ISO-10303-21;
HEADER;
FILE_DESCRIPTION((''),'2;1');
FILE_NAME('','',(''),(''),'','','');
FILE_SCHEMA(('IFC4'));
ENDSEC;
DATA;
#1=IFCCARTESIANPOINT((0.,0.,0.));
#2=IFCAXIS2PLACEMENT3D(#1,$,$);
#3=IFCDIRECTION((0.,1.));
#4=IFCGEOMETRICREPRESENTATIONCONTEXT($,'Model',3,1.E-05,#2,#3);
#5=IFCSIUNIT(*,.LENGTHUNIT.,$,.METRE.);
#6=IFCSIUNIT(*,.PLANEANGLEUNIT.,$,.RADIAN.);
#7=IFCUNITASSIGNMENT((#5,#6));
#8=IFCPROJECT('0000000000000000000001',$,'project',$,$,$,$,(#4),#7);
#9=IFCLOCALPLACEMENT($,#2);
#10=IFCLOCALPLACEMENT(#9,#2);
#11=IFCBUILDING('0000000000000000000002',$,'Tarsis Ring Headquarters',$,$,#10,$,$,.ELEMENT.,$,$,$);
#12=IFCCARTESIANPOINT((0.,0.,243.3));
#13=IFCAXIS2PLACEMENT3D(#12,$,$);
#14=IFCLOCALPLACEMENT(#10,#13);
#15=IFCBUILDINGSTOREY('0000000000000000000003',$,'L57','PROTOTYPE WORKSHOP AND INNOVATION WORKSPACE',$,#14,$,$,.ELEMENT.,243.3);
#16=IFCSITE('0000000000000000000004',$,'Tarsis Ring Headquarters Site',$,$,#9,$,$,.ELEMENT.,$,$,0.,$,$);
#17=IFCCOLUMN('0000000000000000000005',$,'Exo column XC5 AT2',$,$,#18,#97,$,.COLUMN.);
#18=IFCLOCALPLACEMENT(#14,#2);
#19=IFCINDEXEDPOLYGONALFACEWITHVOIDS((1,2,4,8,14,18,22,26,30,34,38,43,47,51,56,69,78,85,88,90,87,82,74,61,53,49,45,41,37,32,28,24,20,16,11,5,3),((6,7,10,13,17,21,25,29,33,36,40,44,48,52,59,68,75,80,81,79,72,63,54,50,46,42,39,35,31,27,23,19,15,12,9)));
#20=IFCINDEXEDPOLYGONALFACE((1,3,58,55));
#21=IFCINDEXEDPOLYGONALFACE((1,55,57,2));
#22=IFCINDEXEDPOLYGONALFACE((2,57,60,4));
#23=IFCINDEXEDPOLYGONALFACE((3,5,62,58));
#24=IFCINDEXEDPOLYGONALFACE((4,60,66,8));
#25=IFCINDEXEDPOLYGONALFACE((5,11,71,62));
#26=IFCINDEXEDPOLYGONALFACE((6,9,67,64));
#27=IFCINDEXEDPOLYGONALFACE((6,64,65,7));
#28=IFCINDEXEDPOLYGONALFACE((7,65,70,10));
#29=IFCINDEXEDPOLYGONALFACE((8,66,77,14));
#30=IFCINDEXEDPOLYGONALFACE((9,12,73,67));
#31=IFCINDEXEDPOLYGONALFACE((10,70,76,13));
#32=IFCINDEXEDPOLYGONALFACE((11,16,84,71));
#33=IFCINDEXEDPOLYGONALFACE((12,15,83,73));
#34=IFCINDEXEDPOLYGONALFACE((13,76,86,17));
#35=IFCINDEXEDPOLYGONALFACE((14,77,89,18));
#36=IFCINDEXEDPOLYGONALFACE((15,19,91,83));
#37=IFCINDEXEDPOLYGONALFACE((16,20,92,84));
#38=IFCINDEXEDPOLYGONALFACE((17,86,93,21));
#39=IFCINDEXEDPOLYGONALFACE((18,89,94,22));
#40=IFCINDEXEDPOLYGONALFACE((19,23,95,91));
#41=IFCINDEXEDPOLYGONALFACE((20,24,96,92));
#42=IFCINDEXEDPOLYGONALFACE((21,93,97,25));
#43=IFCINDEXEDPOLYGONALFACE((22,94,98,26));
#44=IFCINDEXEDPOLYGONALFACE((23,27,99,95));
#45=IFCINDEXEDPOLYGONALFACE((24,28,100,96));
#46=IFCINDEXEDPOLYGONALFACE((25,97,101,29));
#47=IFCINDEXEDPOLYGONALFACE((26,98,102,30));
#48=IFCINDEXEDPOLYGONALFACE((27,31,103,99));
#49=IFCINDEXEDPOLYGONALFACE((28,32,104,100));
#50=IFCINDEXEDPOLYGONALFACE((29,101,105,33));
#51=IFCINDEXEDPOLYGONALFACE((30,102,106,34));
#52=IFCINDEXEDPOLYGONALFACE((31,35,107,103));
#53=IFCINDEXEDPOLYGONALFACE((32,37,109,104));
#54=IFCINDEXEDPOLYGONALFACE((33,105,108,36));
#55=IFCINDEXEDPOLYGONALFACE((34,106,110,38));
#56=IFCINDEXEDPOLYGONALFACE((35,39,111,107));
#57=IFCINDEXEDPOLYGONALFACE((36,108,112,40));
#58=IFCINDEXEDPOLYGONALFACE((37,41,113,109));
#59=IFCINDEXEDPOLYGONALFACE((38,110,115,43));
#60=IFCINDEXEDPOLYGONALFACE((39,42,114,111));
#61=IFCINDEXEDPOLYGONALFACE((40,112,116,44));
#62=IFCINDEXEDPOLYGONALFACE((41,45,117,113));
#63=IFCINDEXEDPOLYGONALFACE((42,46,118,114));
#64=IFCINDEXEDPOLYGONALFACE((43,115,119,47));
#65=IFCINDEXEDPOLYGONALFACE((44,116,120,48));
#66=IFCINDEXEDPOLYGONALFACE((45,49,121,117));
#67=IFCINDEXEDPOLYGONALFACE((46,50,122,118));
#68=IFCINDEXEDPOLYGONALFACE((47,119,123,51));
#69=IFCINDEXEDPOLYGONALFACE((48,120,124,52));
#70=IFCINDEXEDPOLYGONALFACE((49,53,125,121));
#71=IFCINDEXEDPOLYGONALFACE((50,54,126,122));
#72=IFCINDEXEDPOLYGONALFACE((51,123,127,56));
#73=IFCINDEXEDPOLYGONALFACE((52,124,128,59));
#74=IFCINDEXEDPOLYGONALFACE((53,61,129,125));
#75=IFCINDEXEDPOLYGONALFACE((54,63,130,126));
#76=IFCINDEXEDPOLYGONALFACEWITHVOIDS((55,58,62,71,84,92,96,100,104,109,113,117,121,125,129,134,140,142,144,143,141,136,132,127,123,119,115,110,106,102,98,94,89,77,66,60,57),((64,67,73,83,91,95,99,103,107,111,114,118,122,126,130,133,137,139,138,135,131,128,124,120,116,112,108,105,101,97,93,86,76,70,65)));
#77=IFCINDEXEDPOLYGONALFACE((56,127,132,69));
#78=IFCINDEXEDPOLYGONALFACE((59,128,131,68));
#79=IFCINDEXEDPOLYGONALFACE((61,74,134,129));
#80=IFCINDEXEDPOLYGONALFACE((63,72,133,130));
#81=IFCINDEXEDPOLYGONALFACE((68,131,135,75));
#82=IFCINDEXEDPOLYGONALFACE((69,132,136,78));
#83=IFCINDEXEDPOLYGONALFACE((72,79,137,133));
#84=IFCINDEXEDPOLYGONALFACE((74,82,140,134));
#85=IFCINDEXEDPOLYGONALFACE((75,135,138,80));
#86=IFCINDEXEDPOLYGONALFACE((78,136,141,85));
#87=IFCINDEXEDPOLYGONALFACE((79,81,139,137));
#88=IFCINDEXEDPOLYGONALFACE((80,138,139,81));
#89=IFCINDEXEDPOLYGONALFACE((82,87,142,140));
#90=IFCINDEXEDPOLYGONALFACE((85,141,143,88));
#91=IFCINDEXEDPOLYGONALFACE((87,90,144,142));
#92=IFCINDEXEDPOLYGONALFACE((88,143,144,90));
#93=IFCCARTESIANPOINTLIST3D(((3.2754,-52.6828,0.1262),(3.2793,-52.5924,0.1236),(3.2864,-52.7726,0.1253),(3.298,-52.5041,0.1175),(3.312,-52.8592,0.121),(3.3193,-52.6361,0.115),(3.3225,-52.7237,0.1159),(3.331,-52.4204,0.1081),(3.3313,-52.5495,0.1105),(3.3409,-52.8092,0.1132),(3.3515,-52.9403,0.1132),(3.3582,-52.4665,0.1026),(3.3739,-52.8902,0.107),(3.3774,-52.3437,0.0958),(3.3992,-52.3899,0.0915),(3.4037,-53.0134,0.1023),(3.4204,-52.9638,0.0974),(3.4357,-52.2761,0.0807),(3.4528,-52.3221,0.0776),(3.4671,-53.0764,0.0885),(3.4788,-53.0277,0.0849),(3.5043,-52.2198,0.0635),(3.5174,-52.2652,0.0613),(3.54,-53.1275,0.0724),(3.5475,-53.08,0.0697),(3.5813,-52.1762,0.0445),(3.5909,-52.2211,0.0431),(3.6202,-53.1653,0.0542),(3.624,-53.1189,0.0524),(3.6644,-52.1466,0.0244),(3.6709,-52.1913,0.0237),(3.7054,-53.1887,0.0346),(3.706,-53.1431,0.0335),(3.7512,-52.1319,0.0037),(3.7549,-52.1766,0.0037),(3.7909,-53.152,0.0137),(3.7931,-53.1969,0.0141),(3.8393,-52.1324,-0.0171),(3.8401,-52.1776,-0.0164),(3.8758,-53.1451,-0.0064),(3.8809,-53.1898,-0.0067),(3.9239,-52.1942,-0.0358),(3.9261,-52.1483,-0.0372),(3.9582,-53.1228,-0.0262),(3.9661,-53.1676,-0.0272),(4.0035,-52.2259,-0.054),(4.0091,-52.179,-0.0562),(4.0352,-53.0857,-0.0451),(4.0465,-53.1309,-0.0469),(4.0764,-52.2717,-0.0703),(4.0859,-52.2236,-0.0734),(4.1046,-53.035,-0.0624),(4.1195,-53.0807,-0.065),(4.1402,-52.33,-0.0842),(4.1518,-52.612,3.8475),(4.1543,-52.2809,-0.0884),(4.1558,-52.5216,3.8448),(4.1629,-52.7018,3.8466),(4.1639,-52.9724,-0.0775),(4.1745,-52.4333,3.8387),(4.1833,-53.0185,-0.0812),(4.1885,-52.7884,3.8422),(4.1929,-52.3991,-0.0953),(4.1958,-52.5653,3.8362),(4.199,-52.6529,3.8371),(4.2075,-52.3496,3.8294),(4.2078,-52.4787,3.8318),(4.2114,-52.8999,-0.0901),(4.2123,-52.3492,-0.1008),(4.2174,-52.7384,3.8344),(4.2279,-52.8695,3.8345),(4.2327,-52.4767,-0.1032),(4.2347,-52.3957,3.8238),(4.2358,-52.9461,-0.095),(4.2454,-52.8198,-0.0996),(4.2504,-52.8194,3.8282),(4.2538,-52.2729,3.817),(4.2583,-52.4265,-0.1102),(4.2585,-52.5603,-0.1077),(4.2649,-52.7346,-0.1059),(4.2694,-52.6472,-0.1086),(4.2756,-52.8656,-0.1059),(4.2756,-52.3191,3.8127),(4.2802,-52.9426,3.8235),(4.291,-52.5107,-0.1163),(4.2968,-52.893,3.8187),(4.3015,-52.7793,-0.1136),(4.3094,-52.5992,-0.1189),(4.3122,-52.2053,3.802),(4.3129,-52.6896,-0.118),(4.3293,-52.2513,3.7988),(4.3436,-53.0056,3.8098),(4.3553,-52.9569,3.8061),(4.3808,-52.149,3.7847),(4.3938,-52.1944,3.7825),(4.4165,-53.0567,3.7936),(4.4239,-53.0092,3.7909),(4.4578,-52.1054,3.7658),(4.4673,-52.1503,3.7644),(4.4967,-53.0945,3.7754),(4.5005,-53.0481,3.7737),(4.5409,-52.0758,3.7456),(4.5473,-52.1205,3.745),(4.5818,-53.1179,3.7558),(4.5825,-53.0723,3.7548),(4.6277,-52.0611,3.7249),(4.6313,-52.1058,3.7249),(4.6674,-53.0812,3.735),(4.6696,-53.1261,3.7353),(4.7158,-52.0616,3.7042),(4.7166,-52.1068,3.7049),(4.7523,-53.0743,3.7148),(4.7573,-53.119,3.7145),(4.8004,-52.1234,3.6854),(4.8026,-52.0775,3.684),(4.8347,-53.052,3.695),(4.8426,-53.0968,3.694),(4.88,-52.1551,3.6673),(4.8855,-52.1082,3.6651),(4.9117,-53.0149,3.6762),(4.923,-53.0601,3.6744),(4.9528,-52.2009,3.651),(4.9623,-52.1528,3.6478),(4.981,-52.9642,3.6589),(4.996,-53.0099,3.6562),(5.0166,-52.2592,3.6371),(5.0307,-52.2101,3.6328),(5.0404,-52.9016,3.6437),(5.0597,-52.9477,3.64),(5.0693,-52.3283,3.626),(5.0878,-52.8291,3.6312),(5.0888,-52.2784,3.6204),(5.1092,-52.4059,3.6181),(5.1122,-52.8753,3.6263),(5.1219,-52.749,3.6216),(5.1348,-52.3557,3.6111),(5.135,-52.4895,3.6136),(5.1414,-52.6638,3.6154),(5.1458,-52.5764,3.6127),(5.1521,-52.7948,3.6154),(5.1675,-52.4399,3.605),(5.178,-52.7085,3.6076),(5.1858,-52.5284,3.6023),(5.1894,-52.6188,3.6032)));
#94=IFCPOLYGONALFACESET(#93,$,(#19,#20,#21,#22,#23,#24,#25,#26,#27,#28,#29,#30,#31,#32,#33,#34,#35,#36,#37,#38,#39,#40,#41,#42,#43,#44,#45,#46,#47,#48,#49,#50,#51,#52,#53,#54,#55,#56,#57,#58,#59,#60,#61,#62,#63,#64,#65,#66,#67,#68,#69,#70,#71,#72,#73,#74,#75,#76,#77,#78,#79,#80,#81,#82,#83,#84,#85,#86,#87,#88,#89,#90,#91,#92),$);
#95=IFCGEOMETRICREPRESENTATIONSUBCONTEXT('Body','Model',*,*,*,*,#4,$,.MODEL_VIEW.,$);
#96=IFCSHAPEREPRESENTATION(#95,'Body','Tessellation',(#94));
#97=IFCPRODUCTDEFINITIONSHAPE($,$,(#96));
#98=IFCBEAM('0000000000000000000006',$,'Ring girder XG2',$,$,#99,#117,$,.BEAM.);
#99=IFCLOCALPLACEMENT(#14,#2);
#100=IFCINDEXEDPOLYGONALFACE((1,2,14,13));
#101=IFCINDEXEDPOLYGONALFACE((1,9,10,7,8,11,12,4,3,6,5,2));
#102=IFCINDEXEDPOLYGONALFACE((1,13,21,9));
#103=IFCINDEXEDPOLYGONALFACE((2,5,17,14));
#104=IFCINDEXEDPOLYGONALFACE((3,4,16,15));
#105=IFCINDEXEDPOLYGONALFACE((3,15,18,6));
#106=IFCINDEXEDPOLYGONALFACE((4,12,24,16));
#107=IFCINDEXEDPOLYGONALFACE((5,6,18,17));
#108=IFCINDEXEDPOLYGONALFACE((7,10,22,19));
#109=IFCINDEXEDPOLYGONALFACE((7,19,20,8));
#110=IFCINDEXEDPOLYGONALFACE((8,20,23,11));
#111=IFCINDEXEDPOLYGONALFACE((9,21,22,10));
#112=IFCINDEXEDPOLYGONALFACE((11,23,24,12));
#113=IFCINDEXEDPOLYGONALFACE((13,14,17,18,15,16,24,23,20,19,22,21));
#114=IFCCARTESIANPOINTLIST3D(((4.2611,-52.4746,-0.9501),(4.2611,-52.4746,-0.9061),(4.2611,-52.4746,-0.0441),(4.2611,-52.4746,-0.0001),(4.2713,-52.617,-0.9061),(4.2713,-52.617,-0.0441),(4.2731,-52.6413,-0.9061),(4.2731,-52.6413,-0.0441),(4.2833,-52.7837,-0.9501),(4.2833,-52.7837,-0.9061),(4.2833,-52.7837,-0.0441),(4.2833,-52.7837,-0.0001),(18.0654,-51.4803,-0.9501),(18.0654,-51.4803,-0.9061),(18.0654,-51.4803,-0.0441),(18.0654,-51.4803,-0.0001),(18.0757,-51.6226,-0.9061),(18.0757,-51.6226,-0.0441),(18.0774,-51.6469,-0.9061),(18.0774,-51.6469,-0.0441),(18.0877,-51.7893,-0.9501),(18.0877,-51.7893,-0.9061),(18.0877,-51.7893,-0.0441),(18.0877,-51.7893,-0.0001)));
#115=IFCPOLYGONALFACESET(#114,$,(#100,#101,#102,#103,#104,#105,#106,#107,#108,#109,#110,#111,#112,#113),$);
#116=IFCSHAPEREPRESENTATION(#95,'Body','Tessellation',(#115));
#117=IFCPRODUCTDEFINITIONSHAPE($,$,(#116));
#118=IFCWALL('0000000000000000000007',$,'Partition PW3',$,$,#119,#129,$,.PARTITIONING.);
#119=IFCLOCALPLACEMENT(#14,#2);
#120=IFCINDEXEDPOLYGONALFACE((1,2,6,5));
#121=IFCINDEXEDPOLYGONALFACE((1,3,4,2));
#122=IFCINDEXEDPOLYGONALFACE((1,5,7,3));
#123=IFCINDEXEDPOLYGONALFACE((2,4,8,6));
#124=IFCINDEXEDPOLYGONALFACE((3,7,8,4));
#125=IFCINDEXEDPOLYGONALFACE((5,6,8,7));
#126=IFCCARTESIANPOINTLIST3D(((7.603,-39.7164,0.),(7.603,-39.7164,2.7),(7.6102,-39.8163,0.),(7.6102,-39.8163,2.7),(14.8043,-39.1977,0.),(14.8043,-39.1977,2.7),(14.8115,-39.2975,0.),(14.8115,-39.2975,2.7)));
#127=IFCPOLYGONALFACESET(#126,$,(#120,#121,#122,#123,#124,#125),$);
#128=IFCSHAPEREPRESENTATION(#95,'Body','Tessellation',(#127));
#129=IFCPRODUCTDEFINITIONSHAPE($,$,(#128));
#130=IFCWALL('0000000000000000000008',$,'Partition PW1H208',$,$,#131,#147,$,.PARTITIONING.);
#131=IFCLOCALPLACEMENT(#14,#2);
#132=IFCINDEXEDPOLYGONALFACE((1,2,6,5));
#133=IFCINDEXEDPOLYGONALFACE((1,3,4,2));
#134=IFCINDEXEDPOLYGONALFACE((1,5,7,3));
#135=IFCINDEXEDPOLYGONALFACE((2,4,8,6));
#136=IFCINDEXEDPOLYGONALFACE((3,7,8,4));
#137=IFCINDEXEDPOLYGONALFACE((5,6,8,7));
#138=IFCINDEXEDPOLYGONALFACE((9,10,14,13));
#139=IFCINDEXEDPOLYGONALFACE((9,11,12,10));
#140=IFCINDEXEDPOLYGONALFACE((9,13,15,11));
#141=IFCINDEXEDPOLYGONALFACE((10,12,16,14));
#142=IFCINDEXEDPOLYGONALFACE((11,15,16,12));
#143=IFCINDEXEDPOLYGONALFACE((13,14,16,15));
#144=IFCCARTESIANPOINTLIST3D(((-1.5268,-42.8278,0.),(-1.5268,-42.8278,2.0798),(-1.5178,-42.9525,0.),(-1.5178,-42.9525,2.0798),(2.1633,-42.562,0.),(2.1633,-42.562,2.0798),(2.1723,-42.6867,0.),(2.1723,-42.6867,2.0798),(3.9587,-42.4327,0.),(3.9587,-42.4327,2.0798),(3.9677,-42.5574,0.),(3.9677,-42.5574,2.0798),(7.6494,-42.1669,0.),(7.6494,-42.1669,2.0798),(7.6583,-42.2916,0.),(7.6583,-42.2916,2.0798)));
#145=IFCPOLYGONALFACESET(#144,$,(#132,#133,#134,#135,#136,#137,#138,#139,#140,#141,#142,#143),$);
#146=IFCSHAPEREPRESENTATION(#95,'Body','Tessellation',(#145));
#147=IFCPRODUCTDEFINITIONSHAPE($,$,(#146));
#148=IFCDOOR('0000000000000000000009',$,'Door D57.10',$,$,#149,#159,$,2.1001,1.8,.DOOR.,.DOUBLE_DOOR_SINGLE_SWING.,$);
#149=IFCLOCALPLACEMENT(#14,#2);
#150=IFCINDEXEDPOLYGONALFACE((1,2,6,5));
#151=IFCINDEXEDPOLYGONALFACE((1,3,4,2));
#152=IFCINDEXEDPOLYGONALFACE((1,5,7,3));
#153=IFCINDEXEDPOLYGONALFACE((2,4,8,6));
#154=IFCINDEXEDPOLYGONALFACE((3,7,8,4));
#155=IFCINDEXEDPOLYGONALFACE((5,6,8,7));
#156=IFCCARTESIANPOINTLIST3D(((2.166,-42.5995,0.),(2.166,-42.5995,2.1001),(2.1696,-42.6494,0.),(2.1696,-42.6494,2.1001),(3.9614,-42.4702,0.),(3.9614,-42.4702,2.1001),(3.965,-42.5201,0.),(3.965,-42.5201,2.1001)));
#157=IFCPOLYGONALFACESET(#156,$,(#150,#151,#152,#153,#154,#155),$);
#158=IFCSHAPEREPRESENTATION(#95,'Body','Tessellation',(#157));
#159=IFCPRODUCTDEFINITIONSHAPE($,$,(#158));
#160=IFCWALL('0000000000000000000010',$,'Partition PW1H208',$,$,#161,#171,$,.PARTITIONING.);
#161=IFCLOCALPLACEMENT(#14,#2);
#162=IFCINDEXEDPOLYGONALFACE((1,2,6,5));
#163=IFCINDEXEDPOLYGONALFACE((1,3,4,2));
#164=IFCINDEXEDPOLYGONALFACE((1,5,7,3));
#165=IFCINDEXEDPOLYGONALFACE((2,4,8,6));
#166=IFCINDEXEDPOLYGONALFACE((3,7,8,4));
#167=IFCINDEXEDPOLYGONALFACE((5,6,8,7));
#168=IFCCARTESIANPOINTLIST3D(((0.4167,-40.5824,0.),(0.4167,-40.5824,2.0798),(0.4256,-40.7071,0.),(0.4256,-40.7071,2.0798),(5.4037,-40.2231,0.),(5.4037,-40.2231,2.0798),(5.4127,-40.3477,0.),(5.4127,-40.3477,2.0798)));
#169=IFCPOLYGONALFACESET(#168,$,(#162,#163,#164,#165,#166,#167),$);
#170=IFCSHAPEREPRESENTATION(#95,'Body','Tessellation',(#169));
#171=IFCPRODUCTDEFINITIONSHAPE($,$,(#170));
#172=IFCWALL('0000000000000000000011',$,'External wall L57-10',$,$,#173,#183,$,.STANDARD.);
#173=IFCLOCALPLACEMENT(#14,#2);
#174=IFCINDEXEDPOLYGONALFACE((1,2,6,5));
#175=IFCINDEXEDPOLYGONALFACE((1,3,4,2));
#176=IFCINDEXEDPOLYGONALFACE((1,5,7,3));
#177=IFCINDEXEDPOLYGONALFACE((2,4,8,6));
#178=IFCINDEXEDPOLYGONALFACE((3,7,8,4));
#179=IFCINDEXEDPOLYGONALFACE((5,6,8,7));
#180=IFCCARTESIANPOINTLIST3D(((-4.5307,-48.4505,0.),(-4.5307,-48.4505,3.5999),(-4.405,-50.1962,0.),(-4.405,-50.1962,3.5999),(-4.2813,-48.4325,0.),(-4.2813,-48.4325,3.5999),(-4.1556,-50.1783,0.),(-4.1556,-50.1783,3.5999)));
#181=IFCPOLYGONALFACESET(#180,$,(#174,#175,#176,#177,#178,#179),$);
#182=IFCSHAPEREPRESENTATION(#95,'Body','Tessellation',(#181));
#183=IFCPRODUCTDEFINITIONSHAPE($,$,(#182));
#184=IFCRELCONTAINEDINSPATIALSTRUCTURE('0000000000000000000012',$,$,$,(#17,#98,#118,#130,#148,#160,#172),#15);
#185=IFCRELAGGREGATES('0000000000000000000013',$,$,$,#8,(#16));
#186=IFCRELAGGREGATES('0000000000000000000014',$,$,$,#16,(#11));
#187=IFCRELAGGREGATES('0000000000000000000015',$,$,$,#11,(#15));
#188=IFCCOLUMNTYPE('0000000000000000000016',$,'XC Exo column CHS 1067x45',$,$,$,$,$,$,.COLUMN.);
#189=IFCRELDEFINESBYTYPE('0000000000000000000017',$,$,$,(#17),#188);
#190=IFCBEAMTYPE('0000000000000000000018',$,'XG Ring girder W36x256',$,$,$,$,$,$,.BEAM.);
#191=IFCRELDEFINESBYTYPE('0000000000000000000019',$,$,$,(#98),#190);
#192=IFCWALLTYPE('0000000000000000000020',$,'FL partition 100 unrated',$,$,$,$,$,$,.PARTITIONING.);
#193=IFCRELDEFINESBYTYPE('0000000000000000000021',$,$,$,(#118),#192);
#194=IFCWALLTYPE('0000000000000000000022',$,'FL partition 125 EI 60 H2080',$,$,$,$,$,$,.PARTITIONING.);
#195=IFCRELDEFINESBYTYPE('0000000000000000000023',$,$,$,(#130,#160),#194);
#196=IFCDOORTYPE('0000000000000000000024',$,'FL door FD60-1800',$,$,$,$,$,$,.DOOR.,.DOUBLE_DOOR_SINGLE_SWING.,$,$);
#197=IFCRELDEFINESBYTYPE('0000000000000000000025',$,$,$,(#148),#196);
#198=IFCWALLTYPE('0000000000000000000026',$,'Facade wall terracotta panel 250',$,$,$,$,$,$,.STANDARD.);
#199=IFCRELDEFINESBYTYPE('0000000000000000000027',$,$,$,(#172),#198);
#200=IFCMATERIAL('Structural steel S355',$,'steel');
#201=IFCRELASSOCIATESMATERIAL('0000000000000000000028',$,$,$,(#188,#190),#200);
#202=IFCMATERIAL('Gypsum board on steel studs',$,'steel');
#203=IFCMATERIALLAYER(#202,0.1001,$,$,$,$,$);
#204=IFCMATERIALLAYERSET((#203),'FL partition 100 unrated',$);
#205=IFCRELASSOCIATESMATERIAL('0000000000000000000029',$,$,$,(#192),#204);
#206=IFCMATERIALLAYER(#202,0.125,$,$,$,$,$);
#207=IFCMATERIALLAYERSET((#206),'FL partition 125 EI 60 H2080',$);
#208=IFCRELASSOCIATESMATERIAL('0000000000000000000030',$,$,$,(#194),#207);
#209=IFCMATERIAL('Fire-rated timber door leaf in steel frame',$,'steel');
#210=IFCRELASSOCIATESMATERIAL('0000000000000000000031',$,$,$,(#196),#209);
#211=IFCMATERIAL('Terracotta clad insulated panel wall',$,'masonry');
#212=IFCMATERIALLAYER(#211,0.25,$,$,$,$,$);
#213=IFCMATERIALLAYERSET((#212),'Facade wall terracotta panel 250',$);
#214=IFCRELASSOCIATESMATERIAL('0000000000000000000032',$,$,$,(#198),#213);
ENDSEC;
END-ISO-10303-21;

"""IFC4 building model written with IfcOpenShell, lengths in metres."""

from ifc_helpers import new_model, si_unit, direction, frame, frame_2d, origin, origin_2d, place, context, subcontext, project, spatial, rectangle, hollow_circle, i_section, extrude, material, layer, layer_set, material_profile, profile_set, type_object, element, fill, save


model = new_model("IFC4")

# Units and contexts
model_context = context("Model", 3, precision=1e-05, world=origin(), true_north=direction((0.0, 1.0)))
body_context = subcontext(model_context, "Body", "Model", "MODEL_VIEW")
ifc_project = project(units=[si_unit("LENGTHUNIT", "METRE"), si_unit("PLANEANGLEUNIT", "RADIAN")], contexts=[model_context])

# Site, building, storey
site_placement = place(None, origin())
site = spatial("IfcSite", under=ifc_project, at=site_placement, Name="Tarsis Ring Headquarters Site", CompositionType="ELEMENT", RefElevation=0.0)
building_placement = place(site_placement, origin())
building = spatial("IfcBuilding", under=site, at=building_placement, Name="Tarsis Ring Headquarters", CompositionType="ELEMENT")
storey_placement = place(building_placement, frame((0.0, 0.0, 243.3)))
storey = spatial("IfcBuildingStorey", under=building, at=storey_placement, Name="L57", Description="PROTOTYPE WORKSHOP AND INNOVATION WORKSPACE", CompositionType="ELEMENT", Elevation=243.3)

# Column
ifc_material_1 = material(Name="Structural steel S355", Category="steel")
ifc_material_profile_1 = material_profile(ifc_material_1, hollow_circle(Radius=0.5334, WallThickness=0.0449, at=origin_2d()), Name="CHS 1067x45")
ifc_profile_set_1 = profile_set([ifc_material_profile_1], Name="Structural steel S355")
column_type = type_object("IfcColumnType", Name="XC Exo column CHS 1067x45", PredefinedType="COLUMN", material=ifc_profile_set_1)
column_placement = place(storey_placement, frame((3.7942, -52.6636, 0.0037), z_axis=(0.229221, 0.018516, 0.973198), x_axis=(-0.080518, 0.996753, 0.0)))
element("IfcColumn", 1, at=column_placement, inside=storey, type_object=column_type, Name="Exo column XC5 AT2", PredefinedType="COLUMN", context=body_context, shape_type="SweptSolid", body=[
    extrude(hollow_circle(Radius=0.5334, WallThickness=0.0449, at=origin_2d()), origin(), (0.0, 0.0, 1.0), 3.8237),
])

# Beam
ifc_material_profile_2 = material_profile(ifc_material_1, i_section(OverallWidth=0.3098, OverallDepth=0.95, WebThickness=0.0244, FlangeThickness=0.0439, at=origin_2d()), Name="W36x256")
ifc_profile_set_2 = profile_set([ifc_material_profile_2], Name="Structural steel S355")
beam_type = type_object("IfcBeamType", Name="XG Ring girder W36x256", PredefinedType="BEAM", material=ifc_profile_set_2)
beam_placement = place(storey_placement, frame((4.2722, -52.6292, -0.4751), z_axis=(0.997416, 0.071849, 0.0), x_axis=(-0.071849, 0.997416, 0.0)))
element("IfcBeam", 2, at=beam_placement, inside=storey, type_object=beam_type, Name="Ring girder XG2", PredefinedType="BEAM", context=body_context, shape_type="SweptSolid", body=[
    extrude(i_section(OverallWidth=0.3098, OverallDepth=0.95, WebThickness=0.0244, FlangeThickness=0.0439, at=origin_2d()), origin(), (0.0, 0.0, 1.0), 13.8401),
])

# Wall
ifc_material_2 = material(Name="Gypsum board on steel studs", Category="steel")
ifc_layer_1 = layer(ifc_material_2, 0.1001)
ifc_layer_set_1 = layer_set([ifc_layer_1], Name="FL partition 100 unrated")
wall_type_1 = type_object("IfcWallType", Name="FL partition 100 unrated", PredefinedType="PARTITIONING", material=ifc_layer_set_1)
wall_1_placement = place(storey_placement, frame((7.6067, -39.7664, 0.0), z_axis=(0.0, 0.0, 1.0), x_axis=(0.997415, 0.071855, 0.0)))
element("IfcWall", 3, at=wall_1_placement, inside=storey, type_object=wall_type_1, Name="Partition PW3", PredefinedType="PARTITIONING", context=body_context, shape_type="SweptSolid", body=[
    extrude(rectangle(XDim=7.22, YDim=0.1001, at=frame_2d((3.6099, 0.0))), origin(), (0.0, 0.0, 1.0), 2.7),
])

# Wall, opening, door
ifc_layer_2 = layer(ifc_material_2, 0.125)
ifc_layer_set_2 = layer_set([ifc_layer_2], Name="FL partition 125 EI 60 H2080")
wall_type_2 = type_object("IfcWallType", Name="FL partition 125 EI 60 H2080", PredefinedType="PARTITIONING", material=ifc_layer_set_2)
wall_2_placement = place(storey_placement, frame((-1.5225, -42.8901, 0.0), z_axis=(0.0, 0.0, 1.0), x_axis=(0.997416, 0.071835, 0.0)))
wall_2 = element("IfcWall", 4, at=wall_2_placement, inside=storey, type_object=wall_type_2, Name="Partition PW1H208", PredefinedType="PARTITIONING", context=body_context, shape_type="SweptSolid", body=[
    extrude(rectangle(XDim=9.2, YDim=0.125, at=frame_2d((4.6001, 0.0))), origin(), (0.0, 0.0, 1.0), 2.0798),
])
opening_1_placement = place(wall_2_placement, frame((3.7, 0.0, 0.0)))
opening_1 = element("IfcOpeningElement", 5, at=opening_1_placement, cuts=wall_2, PredefinedType="OPENING", context=body_context, shape_type="SweptSolid", body=[
    extrude(rectangle(XDim=1.8, YDim=2.1001, at=frame_2d((0.8999, 1.05))), frame((0.0, 0.0725, 0.0), z_axis=(0.0, -1.0, 0.0), x_axis=(1.0, 0.0, 0.0)), (0.0, 0.0, 1.0), 0.145),
])
ifc_material_3 = material(Name="Fire-rated timber door leaf in steel frame", Category="steel")
door_type = type_object("IfcDoorType", Name="FL door FD60-1800", OperationType="DOUBLE_DOOR_SINGLE_SWING", PredefinedType="DOOR", material=ifc_material_3)
door_placement = place(opening_1_placement, origin())
door = element("IfcDoor", 6, at=door_placement, inside=storey, type_object=door_type, Name="Door D57.10", OperationType="DOUBLE_DOOR_SINGLE_SWING", OverallHeight=2.1001, OverallWidth=1.8, PredefinedType="DOOR", context=body_context, shape_type="SweptSolid", body=[
    extrude(rectangle(XDim=1.8, YDim=2.1001, at=frame_2d((0.8999, 1.05))), frame((0.0, 0.0249, 0.0), z_axis=(0.0, -1.0, 0.0), x_axis=(1.0, 0.0, 0.0)), (0.0, 0.0, 1.0), 0.05),
])
fill(opening_1, door)

# Walls
wall_3_placement = place(storey_placement, frame((0.4211, -40.6448, 0.0), z_axis=(0.0, 0.0, 1.0), x_axis=(0.997414, 0.071875, 0.0)))
element("IfcWall", 7, at=wall_3_placement, inside=storey, type_object=wall_type_2, Name="Partition PW1H208", PredefinedType="PARTITIONING", context=body_context, shape_type="SweptSolid", body=[
    extrude(rectangle(XDim=5.0, YDim=0.125, at=frame_2d((2.5, 0.0))), origin(), (0.0, 0.0, 1.0), 2.0798),
])
ifc_material_4 = material(Name="Terracotta clad insulated panel wall", Category="masonry")
ifc_layer_3 = layer(ifc_material_4, 0.25)
ifc_layer_set_3 = layer_set([ifc_layer_3], Name="Facade wall terracotta panel 250")
wall_type_3 = type_object("IfcWallType", Name="Facade wall terracotta panel 250", PredefinedType="STANDARD", material=ifc_layer_set_3)
wall_4_placement = place(storey_placement, frame((-4.406, -48.4417, 0.0), z_axis=(0.0, 0.0, 1.0), x_axis=(0.071842, -0.997416, 0.0)))
element("IfcWall", 8, at=wall_4_placement, inside=storey, type_object=wall_type_3, Name="External wall L57-10", PredefinedType="STANDARD", context=body_context, shape_type="SweptSolid", body=[
    extrude(rectangle(XDim=1.7502, YDim=0.25, at=frame_2d((0.875, 0.0))), origin(), (0.0, 0.0, 1.0), 3.5999),
])

save(model, "model.ifc")
